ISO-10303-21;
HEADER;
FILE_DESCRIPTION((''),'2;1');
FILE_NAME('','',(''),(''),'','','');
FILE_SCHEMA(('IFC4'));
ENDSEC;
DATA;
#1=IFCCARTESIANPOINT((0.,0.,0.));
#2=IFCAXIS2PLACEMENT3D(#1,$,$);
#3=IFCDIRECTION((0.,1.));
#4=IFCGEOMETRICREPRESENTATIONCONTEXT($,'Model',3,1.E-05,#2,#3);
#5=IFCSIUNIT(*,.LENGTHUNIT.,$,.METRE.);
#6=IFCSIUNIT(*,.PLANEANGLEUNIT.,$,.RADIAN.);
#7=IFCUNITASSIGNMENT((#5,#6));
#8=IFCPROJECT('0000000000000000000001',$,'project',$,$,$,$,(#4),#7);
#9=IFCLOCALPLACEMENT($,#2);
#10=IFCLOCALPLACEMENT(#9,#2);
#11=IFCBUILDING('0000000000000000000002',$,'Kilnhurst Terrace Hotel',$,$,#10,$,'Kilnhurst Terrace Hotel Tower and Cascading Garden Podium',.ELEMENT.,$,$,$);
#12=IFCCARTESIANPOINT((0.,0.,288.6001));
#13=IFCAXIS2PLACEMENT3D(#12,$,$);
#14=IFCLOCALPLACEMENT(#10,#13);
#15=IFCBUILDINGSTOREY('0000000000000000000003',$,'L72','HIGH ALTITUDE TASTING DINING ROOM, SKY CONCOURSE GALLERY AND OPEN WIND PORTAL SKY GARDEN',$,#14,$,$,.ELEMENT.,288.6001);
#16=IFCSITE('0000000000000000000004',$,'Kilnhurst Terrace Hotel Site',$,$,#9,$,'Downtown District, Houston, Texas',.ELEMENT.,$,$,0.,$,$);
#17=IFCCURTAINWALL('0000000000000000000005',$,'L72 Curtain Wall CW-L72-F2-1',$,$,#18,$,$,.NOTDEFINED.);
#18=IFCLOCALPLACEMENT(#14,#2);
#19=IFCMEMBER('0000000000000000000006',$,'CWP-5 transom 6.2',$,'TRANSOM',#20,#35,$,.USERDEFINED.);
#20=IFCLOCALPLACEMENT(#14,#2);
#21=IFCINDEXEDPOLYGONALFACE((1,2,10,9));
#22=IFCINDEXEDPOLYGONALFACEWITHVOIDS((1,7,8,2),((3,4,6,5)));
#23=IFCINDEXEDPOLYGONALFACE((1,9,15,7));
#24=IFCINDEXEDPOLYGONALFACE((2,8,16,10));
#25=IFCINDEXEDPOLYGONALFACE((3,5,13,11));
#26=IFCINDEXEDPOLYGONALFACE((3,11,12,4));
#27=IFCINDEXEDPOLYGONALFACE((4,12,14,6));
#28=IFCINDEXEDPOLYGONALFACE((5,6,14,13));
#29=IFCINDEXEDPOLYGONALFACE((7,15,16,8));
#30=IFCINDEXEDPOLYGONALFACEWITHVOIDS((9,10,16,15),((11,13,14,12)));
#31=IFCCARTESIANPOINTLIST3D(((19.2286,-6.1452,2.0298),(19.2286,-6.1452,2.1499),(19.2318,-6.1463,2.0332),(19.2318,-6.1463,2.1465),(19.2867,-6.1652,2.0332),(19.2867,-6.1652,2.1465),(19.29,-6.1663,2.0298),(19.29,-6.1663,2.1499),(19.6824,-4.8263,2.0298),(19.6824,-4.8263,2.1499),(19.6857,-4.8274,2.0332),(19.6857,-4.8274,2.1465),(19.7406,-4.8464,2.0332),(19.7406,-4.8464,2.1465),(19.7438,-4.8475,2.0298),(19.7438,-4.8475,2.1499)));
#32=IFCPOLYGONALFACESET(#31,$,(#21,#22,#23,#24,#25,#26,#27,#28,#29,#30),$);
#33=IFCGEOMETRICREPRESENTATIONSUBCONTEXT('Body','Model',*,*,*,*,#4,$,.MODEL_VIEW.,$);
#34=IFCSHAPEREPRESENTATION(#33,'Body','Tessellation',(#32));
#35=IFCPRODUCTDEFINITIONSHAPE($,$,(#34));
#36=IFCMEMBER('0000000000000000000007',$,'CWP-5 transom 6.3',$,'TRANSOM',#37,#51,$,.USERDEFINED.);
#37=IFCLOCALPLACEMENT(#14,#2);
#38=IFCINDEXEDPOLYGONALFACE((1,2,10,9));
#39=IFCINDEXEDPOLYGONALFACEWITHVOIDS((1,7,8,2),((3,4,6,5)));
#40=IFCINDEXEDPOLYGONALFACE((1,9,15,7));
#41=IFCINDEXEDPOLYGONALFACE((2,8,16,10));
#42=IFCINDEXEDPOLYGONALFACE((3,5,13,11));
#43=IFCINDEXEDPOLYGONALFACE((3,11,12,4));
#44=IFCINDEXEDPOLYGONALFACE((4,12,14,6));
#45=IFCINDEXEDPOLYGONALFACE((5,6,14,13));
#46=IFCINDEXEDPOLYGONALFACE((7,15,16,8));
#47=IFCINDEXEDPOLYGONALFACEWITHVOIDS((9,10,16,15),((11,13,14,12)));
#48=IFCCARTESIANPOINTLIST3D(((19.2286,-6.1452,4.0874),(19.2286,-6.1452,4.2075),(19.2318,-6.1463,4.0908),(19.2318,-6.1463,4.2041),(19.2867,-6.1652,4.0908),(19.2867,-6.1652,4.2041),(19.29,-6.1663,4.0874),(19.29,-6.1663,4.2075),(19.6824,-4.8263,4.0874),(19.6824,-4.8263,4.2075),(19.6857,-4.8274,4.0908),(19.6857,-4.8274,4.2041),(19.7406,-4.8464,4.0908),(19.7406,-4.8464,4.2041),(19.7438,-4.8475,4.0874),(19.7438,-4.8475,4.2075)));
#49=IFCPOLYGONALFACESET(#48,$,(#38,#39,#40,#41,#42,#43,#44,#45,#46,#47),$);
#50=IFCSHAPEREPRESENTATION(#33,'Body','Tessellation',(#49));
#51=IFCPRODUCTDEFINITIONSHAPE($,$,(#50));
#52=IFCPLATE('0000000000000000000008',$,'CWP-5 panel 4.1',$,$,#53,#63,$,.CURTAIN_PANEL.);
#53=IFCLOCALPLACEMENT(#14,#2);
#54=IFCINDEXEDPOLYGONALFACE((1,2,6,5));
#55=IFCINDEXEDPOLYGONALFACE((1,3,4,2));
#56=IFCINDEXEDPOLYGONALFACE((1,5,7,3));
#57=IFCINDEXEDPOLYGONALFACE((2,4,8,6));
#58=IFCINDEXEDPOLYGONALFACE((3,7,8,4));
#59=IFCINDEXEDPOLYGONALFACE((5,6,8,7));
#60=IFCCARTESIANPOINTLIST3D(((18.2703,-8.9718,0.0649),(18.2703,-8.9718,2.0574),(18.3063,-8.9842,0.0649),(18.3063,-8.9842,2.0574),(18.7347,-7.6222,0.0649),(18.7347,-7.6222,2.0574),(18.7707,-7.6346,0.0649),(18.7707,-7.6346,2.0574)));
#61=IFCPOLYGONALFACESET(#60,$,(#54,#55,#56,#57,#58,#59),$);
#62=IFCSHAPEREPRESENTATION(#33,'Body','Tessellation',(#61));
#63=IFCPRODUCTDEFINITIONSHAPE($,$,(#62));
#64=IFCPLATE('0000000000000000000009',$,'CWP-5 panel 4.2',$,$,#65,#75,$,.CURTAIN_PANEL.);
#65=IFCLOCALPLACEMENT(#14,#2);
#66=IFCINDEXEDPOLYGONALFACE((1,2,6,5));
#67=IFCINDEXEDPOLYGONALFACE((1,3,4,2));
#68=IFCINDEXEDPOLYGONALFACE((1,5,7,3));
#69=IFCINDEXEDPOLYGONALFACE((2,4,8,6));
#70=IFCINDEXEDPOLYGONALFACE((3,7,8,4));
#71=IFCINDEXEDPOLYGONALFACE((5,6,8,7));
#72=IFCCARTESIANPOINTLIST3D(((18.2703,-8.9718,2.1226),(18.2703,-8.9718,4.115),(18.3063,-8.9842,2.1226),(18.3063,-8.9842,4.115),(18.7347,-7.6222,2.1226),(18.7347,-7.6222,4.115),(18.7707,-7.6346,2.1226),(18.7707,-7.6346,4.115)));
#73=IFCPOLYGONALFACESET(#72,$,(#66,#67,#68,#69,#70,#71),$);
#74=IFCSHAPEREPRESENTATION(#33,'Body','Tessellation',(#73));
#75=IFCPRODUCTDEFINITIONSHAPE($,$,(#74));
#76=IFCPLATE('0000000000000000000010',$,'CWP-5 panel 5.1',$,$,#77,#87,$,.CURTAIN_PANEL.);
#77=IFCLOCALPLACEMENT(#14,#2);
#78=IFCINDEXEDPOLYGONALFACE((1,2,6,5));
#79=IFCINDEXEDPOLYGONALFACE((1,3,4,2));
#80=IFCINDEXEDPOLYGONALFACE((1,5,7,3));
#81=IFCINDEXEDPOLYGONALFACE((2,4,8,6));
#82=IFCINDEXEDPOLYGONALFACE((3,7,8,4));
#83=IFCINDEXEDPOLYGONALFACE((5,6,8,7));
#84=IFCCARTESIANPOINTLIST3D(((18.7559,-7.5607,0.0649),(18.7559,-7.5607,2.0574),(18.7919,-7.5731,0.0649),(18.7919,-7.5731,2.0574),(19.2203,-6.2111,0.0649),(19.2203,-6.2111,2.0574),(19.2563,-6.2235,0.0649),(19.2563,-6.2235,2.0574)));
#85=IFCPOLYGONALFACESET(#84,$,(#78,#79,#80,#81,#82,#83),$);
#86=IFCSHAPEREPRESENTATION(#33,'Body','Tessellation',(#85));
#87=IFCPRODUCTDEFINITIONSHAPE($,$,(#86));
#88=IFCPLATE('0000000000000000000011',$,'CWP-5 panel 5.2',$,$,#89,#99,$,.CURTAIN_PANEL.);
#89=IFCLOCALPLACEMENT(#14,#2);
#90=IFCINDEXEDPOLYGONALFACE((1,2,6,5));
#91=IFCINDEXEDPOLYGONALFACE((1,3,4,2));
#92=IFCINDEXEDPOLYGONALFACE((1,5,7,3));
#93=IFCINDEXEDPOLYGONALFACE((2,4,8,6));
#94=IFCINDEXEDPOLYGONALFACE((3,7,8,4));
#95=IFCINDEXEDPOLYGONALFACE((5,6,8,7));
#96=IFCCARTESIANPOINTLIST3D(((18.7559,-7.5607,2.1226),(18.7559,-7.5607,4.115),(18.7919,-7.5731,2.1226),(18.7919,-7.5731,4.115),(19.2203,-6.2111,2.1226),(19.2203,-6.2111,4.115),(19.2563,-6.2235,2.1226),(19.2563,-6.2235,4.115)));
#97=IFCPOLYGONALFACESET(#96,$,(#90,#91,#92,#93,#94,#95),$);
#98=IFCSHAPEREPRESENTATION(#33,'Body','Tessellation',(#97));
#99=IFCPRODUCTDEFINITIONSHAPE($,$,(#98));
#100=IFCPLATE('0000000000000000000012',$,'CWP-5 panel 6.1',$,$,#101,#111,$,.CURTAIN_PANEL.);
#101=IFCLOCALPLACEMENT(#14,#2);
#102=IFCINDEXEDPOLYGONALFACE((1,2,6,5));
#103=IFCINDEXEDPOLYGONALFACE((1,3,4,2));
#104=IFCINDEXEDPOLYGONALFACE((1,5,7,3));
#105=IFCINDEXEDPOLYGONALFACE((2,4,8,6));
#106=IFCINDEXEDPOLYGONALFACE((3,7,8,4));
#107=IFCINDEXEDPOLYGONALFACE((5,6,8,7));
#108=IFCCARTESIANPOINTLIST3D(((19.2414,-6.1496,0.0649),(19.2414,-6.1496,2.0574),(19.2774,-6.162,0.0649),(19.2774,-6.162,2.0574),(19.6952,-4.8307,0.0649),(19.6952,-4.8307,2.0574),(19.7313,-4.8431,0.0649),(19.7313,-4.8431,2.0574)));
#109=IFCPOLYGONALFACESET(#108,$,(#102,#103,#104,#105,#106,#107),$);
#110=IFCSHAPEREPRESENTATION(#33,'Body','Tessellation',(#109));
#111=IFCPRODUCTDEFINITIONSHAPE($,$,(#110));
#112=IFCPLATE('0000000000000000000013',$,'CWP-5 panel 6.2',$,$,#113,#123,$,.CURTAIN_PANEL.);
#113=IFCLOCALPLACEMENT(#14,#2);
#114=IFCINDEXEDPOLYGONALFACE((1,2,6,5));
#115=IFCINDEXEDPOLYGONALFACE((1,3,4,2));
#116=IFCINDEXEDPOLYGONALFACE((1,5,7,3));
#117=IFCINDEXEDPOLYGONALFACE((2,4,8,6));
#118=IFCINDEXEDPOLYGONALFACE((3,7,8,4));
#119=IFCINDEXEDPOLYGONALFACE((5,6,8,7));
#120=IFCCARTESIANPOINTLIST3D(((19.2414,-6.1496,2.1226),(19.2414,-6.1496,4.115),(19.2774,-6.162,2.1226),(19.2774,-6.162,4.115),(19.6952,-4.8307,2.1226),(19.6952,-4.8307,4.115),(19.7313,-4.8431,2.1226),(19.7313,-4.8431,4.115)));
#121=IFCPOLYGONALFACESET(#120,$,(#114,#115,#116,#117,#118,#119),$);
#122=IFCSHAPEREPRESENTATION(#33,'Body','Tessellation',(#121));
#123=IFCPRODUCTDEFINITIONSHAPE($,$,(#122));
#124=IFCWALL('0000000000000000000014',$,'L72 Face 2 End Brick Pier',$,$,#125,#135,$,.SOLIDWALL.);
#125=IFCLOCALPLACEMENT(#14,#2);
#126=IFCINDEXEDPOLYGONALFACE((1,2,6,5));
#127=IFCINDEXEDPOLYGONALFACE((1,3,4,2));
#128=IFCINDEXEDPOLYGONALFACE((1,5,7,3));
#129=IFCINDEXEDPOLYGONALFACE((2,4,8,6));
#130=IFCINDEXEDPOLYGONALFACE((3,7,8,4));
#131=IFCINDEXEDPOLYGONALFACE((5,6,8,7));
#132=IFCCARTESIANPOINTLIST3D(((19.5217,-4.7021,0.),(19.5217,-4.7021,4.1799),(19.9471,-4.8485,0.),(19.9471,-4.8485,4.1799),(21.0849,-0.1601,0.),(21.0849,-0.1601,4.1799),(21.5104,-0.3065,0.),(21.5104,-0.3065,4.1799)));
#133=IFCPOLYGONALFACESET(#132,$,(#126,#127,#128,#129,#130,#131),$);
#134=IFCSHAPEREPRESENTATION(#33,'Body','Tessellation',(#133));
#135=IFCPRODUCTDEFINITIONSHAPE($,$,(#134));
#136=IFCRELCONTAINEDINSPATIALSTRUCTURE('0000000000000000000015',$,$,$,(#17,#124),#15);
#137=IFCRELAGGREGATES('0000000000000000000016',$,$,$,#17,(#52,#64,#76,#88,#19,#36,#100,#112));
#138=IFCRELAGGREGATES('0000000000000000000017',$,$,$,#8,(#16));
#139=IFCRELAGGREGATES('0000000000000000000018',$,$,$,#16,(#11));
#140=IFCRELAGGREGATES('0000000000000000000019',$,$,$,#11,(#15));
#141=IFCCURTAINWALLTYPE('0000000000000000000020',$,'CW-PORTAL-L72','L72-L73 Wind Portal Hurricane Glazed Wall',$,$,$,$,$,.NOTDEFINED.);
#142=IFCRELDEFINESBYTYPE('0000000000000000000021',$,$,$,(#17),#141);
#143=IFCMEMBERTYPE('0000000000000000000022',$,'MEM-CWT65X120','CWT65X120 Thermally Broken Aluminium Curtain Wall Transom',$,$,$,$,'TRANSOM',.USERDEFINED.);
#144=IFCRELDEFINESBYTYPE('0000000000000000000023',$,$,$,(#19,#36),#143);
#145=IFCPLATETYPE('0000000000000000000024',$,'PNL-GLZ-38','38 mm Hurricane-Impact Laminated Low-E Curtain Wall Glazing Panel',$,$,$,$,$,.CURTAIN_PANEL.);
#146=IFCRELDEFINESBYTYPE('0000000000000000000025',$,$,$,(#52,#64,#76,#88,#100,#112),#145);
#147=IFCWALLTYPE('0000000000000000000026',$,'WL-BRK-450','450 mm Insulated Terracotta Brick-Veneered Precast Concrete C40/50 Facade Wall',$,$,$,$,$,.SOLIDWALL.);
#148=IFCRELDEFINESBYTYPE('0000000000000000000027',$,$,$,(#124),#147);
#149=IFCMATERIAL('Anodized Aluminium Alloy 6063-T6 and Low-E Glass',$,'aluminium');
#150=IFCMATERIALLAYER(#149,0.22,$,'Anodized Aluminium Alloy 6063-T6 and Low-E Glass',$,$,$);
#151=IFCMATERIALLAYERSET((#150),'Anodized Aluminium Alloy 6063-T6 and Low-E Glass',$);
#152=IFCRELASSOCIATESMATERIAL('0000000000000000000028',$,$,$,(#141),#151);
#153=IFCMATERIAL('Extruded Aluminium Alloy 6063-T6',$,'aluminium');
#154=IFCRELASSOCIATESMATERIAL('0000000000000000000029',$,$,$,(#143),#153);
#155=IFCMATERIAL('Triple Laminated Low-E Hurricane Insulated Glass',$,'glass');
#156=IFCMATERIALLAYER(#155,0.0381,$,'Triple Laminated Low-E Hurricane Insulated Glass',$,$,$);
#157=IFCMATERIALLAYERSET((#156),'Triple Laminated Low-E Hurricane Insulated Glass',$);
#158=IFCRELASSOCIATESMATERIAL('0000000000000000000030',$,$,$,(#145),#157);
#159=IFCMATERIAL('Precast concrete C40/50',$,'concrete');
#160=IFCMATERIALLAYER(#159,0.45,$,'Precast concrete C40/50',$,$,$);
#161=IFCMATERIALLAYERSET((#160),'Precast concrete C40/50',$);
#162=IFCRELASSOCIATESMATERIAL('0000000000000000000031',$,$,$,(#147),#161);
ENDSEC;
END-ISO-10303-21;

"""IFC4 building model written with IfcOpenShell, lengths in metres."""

from ifc_helpers import new_model, si_unit, direction, frame, frame_2d, origin, origin_2d, place, context, subcontext, project, spatial, rectangle, hollow_rectangle, extrude, material, layer, layer_set, material_profile, profile_set, type_object, element, aggregate, save


model = new_model("IFC4")

# Units and contexts
model_context = context("Model", 3, precision=1e-05, world=origin(), true_north=direction((0.0, 1.0)))
body_context = subcontext(model_context, "Body", "Model", "MODEL_VIEW")
ifc_project = project(units=[si_unit("LENGTHUNIT", "METRE"), si_unit("PLANEANGLEUNIT", "RADIAN")], contexts=[model_context])

# Site, building, storey
site_placement = place(None, origin())
site = spatial("IfcSite", under=ifc_project, at=site_placement, Name="Kilnhurst Terrace Hotel Site", LongName="Downtown District, Houston, Texas", CompositionType="ELEMENT", RefElevation=0.0)
building_placement = place(site_placement, origin())
building = spatial("IfcBuilding", under=site, at=building_placement, Name="Kilnhurst Terrace Hotel", LongName="Kilnhurst Terrace Hotel Tower and Cascading Garden Podium", CompositionType="ELEMENT")
storey_placement = place(building_placement, frame((0.0, 0.0, 288.6001)))
storey = spatial("IfcBuildingStorey", under=building, at=storey_placement, Name="L72", Description="HIGH ALTITUDE TASTING DINING ROOM, SKY CONCOURSE GALLERY AND OPEN WIND PORTAL SKY GARDEN", CompositionType="ELEMENT", Elevation=288.6001)

# Curtain wall, members, plates
ifc_material_1 = material(Name="Anodized Aluminium Alloy 6063-T6 and Low-E Glass", Category="aluminium")
ifc_layer_1 = layer(ifc_material_1, 0.22, Name="Anodized Aluminium Alloy 6063-T6 and Low-E Glass")
ifc_layer_set_1 = layer_set([ifc_layer_1], Name="Anodized Aluminium Alloy 6063-T6 and Low-E Glass")
curtain_wall_type = type_object("IfcCurtainWallType", Name="CW-PORTAL-L72", Description="L72-L73 Wind Portal Hurricane Glazed Wall", PredefinedType="NOTDEFINED", material=ifc_layer_set_1)
curtain_wall_placement = place(storey_placement, origin())
curtain_wall = element("IfcCurtainWall", 1, at=curtain_wall_placement, inside=storey, type_object=curtain_wall_type, Name="L72 Curtain Wall CW-L72-F2-1", PredefinedType="NOTDEFINED")
ifc_material_2 = material(Name="Extruded Aluminium Alloy 6063-T6", Category="aluminium")
ifc_material_profile_1 = material_profile(ifc_material_2, hollow_rectangle(XDim=0.0649, YDim=0.1201, WallThickness=0.0034, at=origin_2d()), Name="CWT65X120")
ifc_profile_set_1 = profile_set([ifc_material_profile_1], Name="Extruded Aluminium Alloy 6063-T6")
member_type_1 = type_object("IfcMemberType", Name="MEM-CWT65X120", Description="CWT65X120 Thermally Broken Aluminium Curtain Wall Transom", ElementType="TRANSOM", PredefinedType="USERDEFINED", material=ifc_profile_set_1)
member_1_placement = place(storey_placement, frame((19.2593, -6.1558, 2.0898), z_axis=(0.325403, 0.945576, 0.0), x_axis=(-0.945576, 0.325403, 0.0)))
member_1 = element("IfcMember", 2, at=member_1_placement, type_object=member_type_1, Name="CWP-5 transom 6.2", ObjectType="TRANSOM", PredefinedType="USERDEFINED", context=body_context, shape_type="SweptSolid", body=[
    extrude(hollow_rectangle(XDim=0.0649, YDim=0.1201, WallThickness=0.0034, at=origin_2d()), origin(), (0.0, 0.0, 1.0), 1.3948),
])
member_2_placement = place(storey_placement, frame((19.2593, -6.1558, 4.1475), z_axis=(0.325403, 0.945576, 0.0), x_axis=(-0.945576, 0.325403, 0.0)))
member_2 = element("IfcMember", 3, at=member_2_placement, type_object=member_type_1, Name="CWP-5 transom 6.3", ObjectType="TRANSOM", PredefinedType="USERDEFINED", context=body_context, shape_type="SweptSolid", body=[
    extrude(hollow_rectangle(XDim=0.0649, YDim=0.1201, WallThickness=0.0034, at=origin_2d()), origin(), (0.0, 0.0, 1.0), 1.3948),
])
ifc_material_3 = material(Name="Triple Laminated Low-E Hurricane Insulated Glass", Category="glass")
ifc_layer_2 = layer(ifc_material_3, 0.0381, Name="Triple Laminated Low-E Hurricane Insulated Glass")
ifc_layer_set_2 = layer_set([ifc_layer_2], Name="Triple Laminated Low-E Hurricane Insulated Glass")
plate_type = type_object("IfcPlateType", Name="PNL-GLZ-38", Description="38 mm Hurricane-Impact Laminated Low-E Curtain Wall Glazing Panel", PredefinedType="CURTAIN_PANEL", material=ifc_layer_set_2)
plate_1_placement = place(storey_placement, frame((18.5205, -8.3032, 0.0649), z_axis=(0.0, 0.0, 1.0), x_axis=(0.325397, 0.945578, 0.0)))
plate_1 = element("IfcPlate", 4, at=plate_1_placement, type_object=plate_type, Name="CWP-5 panel 4.1", PredefinedType="CURTAIN_PANEL", context=body_context, shape_type="SweptSolid", body=[
    extrude(rectangle(XDim=1.4272, YDim=0.0381, at=origin_2d()), origin(), (0.0, 0.0, 1.0), 1.9924),
])
plate_2_placement = place(storey_placement, frame((18.5205, -8.3032, 2.1226), z_axis=(0.0, 0.0, 1.0), x_axis=(0.325397, 0.945578, 0.0)))
plate_2 = element("IfcPlate", 5, at=plate_2_placement, type_object=plate_type, Name="CWP-5 panel 4.2", PredefinedType="CURTAIN_PANEL", context=body_context, shape_type="SweptSolid", body=[
    extrude(rectangle(XDim=1.4272, YDim=0.0381, at=origin_2d()), origin(), (0.0, 0.0, 1.0), 1.9924),
])
plate_3_placement = place(storey_placement, frame((19.0061, -6.8921, 0.0649), z_axis=(0.0, 0.0, 1.0), x_axis=(0.325397, 0.945578, 0.0)))
plate_3 = element("IfcPlate", 6, at=plate_3_placement, type_object=plate_type, Name="CWP-5 panel 5.1", PredefinedType="CURTAIN_PANEL", context=body_context, shape_type="SweptSolid", body=[
    extrude(rectangle(XDim=1.4272, YDim=0.0381, at=origin_2d()), origin(), (0.0, 0.0, 1.0), 1.9924),
])
plate_4_placement = place(storey_placement, frame((19.0061, -6.8921, 2.1226), z_axis=(0.0, 0.0, 1.0), x_axis=(0.325397, 0.945578, 0.0)))
plate_4 = element("IfcPlate", 7, at=plate_4_placement, type_object=plate_type, Name="CWP-5 panel 5.2", PredefinedType="CURTAIN_PANEL", context=body_context, shape_type="SweptSolid", body=[
    extrude(rectangle(XDim=1.4272, YDim=0.0381, at=origin_2d()), origin(), (0.0, 0.0, 1.0), 1.9924),
])
plate_5_placement = place(storey_placement, frame((19.4863, -5.4963, 0.0649), z_axis=(0.0, 0.0, 1.0), x_axis=(0.325397, 0.945578, 0.0)))
plate_5 = element("IfcPlate", 8, at=plate_5_placement, type_object=plate_type, Name="CWP-5 panel 6.1", PredefinedType="CURTAIN_PANEL", context=body_context, shape_type="SweptSolid", body=[
    extrude(rectangle(XDim=1.3948, YDim=0.0381, at=origin_2d()), origin(), (0.0, 0.0, 1.0), 1.9924),
])
plate_6_placement = place(storey_placement, frame((19.4863, -5.4963, 2.1226), z_axis=(0.0, 0.0, 1.0), x_axis=(0.325397, 0.945578, 0.0)))
plate_6 = element("IfcPlate", 9, at=plate_6_placement, type_object=plate_type, Name="CWP-5 panel 6.2", PredefinedType="CURTAIN_PANEL", context=body_context, shape_type="SweptSolid", body=[
    extrude(rectangle(XDim=1.3948, YDim=0.0381, at=origin_2d()), origin(), (0.0, 0.0, 1.0), 1.9924),
])
aggregate(curtain_wall, [plate_1, plate_2, plate_3, plate_4, member_1, member_2, plate_5, plate_6])

# Wall
ifc_material_4 = material(Name="Precast concrete C40/50", Category="concrete")
ifc_layer_3 = layer(ifc_material_4, 0.45, Name="Precast concrete C40/50")
ifc_layer_set_3 = layer_set([ifc_layer_3], Name="Precast concrete C40/50")
wall_type = type_object("IfcWallType", Name="WL-BRK-450", Description="450 mm Insulated Terracotta Brick-Veneered Precast Concrete C40/50 Facade Wall", PredefinedType="SOLIDWALL", material=ifc_layer_set_3)
wall_placement = place(storey_placement, frame((19.7344, -4.7754, 0.0), z_axis=(0.0, 0.0, 1.0), x_axis=(0.325438, 0.945563, 0.0)))
element("IfcWall", 10, at=wall_placement, inside=storey, type_object=wall_type, Name="L72 Face 2 End Brick Pier", PredefinedType="SOLIDWALL", context=body_context, shape_type="SweptSolid", body=[
    extrude(rectangle(XDim=4.8035, YDim=0.45, at=frame_2d((2.4019, 0.0))), origin(), (0.0, 0.0, 1.0), 4.1799),
])

save(model, "model.ifc")
